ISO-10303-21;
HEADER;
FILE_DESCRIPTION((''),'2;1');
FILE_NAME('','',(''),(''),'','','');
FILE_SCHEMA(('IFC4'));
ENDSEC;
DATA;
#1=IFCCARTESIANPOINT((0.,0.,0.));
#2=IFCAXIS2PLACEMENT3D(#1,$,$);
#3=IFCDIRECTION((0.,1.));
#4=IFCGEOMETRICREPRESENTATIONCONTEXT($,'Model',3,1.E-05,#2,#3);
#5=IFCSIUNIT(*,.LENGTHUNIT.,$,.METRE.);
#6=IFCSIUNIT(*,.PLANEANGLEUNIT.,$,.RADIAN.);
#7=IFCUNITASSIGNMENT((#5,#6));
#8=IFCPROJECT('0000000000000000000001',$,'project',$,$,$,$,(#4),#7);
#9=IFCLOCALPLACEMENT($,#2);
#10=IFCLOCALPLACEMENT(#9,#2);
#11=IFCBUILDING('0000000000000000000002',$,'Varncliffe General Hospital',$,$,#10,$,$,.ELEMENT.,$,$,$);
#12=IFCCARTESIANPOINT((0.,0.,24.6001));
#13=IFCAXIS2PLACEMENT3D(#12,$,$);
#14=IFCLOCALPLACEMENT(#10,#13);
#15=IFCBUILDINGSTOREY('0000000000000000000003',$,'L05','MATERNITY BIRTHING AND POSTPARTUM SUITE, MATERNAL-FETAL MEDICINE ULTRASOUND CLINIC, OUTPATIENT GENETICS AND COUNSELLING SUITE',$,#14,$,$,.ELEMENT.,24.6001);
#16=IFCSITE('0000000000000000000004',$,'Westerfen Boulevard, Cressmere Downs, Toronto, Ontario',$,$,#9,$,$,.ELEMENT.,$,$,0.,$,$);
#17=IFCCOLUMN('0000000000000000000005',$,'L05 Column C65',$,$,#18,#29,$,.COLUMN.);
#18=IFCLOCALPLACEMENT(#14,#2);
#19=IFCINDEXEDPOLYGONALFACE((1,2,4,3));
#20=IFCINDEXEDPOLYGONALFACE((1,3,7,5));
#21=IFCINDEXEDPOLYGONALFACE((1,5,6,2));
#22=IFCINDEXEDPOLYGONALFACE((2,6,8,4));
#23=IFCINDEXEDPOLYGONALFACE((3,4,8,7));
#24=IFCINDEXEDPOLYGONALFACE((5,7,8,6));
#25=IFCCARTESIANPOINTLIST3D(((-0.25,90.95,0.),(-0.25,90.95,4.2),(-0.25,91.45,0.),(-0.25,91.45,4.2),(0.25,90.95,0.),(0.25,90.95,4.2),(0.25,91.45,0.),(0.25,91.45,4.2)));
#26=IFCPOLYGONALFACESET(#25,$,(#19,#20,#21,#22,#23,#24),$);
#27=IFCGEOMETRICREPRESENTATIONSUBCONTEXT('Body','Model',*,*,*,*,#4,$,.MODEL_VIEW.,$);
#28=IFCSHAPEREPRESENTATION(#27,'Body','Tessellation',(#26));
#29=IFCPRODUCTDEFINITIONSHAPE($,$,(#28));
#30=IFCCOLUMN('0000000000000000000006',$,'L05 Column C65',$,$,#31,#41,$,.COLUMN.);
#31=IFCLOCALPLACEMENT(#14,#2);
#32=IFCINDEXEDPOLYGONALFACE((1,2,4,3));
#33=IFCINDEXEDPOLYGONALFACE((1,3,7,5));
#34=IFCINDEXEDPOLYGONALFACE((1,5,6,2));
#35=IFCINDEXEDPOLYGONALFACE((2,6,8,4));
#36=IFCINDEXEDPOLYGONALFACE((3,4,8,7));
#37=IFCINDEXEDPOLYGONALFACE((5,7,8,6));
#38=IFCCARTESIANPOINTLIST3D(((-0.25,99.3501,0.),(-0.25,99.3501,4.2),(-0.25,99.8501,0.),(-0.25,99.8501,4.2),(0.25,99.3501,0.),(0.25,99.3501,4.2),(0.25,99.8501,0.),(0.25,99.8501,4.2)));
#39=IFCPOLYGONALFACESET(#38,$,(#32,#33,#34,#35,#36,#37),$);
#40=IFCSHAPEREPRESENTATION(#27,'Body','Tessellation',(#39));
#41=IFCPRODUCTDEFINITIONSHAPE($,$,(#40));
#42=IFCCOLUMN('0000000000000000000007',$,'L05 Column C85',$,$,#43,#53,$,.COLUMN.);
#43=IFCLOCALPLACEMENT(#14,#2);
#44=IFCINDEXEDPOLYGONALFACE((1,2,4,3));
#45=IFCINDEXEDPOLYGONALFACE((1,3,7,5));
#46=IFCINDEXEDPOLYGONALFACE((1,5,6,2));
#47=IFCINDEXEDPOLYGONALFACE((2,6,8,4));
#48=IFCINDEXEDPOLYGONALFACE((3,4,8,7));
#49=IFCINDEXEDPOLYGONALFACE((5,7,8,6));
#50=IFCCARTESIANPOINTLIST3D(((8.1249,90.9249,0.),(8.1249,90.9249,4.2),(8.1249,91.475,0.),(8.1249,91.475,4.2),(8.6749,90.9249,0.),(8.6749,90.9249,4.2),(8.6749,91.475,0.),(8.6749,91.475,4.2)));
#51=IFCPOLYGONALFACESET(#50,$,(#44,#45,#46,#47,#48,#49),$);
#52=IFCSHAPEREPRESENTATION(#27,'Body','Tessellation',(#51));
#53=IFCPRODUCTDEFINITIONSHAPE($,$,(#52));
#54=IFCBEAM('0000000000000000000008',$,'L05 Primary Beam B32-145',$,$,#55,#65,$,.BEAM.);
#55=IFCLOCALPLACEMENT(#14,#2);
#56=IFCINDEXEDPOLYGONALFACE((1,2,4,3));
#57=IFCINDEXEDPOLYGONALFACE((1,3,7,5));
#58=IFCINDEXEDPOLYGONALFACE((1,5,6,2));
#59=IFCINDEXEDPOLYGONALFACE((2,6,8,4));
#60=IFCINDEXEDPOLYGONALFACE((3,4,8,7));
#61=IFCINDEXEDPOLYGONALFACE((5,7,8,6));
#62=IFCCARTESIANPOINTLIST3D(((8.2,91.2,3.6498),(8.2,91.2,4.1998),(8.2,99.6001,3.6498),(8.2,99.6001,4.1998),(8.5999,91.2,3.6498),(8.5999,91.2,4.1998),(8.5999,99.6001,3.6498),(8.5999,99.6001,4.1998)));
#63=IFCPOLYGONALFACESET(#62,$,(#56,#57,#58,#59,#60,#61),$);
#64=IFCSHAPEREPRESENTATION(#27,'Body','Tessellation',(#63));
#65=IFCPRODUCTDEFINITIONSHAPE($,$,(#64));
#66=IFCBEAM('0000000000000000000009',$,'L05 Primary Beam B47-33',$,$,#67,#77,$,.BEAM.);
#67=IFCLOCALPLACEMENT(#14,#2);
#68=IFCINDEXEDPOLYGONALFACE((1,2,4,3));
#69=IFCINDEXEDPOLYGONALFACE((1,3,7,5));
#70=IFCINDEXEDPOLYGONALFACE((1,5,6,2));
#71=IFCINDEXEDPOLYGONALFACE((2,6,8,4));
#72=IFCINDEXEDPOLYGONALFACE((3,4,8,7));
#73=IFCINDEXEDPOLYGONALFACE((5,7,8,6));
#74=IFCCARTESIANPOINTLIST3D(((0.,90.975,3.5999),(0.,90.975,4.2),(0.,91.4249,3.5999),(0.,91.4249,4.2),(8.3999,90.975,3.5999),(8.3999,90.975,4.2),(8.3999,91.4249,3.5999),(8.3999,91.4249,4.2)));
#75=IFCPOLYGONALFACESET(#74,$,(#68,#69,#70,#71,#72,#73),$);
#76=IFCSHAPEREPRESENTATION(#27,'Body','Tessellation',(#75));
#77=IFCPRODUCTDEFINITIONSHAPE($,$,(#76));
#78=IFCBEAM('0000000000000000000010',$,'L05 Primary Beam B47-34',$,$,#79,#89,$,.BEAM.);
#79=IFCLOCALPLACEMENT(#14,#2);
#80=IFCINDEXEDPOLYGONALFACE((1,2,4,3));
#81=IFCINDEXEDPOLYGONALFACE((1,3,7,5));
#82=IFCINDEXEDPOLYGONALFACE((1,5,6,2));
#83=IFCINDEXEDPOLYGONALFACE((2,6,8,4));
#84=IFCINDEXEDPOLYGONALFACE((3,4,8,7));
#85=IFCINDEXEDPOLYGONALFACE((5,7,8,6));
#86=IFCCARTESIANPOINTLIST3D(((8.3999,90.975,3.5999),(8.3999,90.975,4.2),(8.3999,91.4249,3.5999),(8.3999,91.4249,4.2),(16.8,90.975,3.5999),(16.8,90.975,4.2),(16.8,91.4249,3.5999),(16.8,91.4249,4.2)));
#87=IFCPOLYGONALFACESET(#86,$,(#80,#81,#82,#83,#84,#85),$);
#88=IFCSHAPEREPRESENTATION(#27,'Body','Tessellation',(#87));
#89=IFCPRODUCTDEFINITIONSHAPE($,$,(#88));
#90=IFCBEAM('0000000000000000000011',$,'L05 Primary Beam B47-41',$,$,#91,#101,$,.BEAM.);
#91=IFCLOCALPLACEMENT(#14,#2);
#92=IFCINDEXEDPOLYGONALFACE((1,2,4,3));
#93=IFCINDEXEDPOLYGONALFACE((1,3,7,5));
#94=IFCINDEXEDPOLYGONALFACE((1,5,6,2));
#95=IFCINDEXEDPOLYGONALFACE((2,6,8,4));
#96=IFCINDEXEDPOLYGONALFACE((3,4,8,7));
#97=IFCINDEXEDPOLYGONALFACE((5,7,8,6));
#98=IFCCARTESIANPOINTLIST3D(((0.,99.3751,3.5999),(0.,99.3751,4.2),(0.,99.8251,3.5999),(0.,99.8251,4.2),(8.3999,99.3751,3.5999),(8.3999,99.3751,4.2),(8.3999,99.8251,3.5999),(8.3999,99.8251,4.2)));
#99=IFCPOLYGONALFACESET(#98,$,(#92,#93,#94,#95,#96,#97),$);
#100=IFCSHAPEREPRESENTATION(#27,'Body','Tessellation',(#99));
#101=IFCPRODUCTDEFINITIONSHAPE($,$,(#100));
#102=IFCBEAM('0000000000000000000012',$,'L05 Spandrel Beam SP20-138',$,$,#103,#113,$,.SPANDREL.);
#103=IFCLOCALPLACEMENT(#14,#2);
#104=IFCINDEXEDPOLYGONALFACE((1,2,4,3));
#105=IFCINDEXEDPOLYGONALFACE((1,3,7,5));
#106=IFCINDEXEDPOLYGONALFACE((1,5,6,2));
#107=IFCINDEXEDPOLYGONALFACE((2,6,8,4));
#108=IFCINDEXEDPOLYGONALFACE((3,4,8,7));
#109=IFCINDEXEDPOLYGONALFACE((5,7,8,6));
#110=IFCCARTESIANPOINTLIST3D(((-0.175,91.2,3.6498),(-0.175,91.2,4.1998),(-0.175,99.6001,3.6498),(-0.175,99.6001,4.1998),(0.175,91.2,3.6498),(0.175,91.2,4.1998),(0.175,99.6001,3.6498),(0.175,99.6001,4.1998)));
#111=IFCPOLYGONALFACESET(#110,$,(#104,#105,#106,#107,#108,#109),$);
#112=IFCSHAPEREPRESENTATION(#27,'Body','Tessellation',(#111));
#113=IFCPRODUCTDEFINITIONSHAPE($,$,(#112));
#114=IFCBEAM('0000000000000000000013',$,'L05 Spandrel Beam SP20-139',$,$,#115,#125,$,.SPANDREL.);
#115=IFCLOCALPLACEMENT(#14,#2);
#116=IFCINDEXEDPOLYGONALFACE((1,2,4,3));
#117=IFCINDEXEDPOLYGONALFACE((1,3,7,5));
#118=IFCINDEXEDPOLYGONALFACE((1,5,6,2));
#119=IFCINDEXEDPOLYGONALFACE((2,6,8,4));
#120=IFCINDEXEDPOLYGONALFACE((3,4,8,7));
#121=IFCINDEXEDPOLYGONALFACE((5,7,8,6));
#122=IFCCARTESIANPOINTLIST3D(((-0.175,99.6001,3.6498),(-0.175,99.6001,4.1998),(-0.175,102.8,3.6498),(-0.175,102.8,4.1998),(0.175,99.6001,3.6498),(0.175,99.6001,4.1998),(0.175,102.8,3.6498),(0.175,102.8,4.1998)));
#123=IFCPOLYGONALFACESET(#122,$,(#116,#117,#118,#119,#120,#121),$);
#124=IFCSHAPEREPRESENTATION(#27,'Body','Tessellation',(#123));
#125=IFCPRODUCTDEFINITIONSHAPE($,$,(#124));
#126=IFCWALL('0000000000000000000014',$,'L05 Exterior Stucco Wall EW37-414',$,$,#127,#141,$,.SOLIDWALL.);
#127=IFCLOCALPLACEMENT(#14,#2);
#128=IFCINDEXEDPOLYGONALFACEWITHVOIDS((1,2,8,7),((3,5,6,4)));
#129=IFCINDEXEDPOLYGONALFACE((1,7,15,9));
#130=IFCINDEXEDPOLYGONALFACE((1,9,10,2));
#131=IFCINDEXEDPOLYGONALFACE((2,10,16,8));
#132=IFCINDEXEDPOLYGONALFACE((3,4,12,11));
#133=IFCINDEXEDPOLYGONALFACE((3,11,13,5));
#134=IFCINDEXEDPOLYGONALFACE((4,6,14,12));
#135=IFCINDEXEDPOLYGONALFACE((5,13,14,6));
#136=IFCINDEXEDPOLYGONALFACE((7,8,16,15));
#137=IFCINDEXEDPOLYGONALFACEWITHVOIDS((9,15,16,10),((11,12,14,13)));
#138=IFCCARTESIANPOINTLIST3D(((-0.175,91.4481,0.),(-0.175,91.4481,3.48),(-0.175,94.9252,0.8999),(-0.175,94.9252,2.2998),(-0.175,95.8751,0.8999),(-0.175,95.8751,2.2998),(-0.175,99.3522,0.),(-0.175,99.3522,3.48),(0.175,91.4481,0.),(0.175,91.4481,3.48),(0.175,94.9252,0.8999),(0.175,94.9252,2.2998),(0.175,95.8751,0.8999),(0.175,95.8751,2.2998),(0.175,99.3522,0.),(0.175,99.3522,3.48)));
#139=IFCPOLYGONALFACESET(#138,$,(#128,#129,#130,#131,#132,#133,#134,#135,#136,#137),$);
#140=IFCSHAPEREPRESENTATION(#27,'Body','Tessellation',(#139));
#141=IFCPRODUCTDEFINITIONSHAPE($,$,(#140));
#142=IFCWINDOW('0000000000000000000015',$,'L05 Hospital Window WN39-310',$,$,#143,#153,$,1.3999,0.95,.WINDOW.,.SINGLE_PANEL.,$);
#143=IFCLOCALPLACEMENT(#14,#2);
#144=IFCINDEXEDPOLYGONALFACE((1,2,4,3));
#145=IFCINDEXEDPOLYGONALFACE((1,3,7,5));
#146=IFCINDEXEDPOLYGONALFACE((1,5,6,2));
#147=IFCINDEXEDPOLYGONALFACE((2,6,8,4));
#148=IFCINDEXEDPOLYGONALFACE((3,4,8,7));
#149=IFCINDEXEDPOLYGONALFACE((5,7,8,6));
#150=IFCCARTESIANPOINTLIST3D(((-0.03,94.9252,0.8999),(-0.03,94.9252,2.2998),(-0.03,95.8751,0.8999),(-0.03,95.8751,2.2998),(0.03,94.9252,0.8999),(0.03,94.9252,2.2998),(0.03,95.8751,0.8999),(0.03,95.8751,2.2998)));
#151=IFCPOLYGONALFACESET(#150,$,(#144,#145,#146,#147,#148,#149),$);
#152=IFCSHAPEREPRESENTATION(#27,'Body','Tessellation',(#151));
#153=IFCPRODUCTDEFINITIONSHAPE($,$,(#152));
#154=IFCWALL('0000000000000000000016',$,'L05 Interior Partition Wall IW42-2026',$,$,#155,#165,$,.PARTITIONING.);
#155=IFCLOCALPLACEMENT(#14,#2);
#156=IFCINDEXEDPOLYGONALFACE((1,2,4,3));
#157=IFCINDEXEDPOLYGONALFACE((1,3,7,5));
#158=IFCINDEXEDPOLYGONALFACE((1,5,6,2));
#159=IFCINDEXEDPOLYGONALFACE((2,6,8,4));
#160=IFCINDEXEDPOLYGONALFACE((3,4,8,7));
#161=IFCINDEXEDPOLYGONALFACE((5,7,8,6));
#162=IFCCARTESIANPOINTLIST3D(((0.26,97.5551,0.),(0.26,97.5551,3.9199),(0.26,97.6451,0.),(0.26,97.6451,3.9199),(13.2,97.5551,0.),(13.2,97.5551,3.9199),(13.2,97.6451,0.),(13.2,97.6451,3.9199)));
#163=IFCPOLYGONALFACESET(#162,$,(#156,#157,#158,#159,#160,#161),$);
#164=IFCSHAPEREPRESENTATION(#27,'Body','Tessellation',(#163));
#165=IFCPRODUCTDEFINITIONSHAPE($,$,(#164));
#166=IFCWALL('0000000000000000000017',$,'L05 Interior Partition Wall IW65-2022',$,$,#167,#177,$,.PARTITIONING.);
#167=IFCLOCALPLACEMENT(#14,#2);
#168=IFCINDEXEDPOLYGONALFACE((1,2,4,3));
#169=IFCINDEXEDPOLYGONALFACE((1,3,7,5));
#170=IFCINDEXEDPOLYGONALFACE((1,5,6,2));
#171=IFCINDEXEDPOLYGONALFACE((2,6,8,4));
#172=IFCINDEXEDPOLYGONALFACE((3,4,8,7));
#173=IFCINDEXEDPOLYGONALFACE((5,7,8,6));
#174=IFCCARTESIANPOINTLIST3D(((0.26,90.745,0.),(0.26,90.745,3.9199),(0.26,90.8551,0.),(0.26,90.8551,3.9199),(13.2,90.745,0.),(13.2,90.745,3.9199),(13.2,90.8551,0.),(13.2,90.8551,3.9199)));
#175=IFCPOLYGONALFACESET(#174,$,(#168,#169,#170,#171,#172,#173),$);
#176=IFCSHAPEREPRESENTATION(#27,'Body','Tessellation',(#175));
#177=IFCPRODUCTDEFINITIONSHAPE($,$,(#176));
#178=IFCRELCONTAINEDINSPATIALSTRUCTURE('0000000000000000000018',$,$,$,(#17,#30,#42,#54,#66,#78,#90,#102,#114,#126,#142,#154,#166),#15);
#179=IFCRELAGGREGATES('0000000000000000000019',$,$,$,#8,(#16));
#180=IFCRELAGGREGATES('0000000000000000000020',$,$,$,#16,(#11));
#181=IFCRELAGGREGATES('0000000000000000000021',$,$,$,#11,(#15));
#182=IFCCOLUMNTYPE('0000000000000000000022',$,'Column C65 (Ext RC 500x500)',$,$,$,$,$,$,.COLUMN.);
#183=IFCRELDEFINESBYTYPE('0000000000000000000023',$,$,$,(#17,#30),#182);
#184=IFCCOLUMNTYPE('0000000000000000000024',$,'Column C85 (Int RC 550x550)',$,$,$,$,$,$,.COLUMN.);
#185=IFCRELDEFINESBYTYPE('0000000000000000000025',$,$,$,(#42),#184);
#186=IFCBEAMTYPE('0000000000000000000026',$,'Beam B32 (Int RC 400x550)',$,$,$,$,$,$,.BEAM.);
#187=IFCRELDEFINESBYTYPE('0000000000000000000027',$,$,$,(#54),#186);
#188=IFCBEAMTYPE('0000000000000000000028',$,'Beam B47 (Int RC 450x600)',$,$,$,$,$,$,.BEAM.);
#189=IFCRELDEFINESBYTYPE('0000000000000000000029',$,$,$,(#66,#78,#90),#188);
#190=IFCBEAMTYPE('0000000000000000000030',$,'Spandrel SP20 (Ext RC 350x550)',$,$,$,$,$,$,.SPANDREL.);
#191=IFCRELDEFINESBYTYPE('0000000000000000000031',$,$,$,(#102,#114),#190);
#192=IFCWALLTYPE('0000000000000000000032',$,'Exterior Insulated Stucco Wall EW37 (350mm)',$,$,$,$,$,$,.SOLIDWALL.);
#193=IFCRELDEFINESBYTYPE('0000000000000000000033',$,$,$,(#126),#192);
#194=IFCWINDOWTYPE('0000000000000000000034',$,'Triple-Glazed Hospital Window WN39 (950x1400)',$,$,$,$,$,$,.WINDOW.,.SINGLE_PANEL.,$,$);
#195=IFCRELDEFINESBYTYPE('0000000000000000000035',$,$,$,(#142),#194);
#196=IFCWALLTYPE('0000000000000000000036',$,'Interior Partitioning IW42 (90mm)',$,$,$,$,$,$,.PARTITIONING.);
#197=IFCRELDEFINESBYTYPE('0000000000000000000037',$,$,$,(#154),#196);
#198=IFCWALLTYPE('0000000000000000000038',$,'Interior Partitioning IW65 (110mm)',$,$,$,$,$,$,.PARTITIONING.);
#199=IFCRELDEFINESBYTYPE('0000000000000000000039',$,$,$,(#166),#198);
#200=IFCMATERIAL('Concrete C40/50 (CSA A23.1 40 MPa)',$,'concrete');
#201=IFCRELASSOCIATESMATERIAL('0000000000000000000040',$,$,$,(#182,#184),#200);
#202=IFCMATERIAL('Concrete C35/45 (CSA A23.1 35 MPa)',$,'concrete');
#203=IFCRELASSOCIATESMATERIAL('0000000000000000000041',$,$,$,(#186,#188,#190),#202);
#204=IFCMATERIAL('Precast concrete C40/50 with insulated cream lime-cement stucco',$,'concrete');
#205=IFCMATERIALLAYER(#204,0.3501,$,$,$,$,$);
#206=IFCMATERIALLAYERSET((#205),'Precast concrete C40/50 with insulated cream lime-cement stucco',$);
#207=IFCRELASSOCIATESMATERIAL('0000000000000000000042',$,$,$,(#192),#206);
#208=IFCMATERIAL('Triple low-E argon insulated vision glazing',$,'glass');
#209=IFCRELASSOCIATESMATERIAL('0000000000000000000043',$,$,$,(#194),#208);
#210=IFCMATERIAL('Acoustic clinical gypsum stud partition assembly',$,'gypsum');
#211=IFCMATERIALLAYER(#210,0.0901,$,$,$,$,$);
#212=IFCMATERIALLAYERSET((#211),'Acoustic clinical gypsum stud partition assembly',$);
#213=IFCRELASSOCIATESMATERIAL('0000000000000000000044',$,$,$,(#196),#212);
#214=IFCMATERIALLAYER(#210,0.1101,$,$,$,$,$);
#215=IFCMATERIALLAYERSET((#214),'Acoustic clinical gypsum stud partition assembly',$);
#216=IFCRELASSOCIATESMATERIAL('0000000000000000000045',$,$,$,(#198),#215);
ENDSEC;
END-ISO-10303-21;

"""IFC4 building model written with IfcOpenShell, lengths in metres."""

from ifc_helpers import new_model, si_unit, direction, frame, frame_2d, origin, origin_2d, place, context, subcontext, project, spatial, rectangle, extrude, material, layer, layer_set, material_profile, profile_set, type_object, element, fill, save


model = new_model("IFC4")

# Units and contexts
model_context = context("Model", 3, precision=1e-05, world=origin(), true_north=direction((0.0, 1.0)))
body_context = subcontext(model_context, "Body", "Model", "MODEL_VIEW")
ifc_project = project(units=[si_unit("LENGTHUNIT", "METRE"), si_unit("PLANEANGLEUNIT", "RADIAN")], contexts=[model_context])

# Site, building, storey
site_placement = place(None, origin())
site = spatial("IfcSite", under=ifc_project, at=site_placement, Name="Westerfen Boulevard, Cressmere Downs, Toronto, Ontario", CompositionType="ELEMENT", RefElevation=0.0)
building_placement = place(site_placement, origin())
building = spatial("IfcBuilding", under=site, at=building_placement, Name="Varncliffe General Hospital", CompositionType="ELEMENT")
storey_placement = place(building_placement, frame((0.0, 0.0, 24.6001)))
storey = spatial("IfcBuildingStorey", under=building, at=storey_placement, Name="L05", Description="MATERNITY BIRTHING AND POSTPARTUM SUITE, MATERNAL-FETAL MEDICINE ULTRASOUND CLINIC, OUTPATIENT GENETICS AND COUNSELLING SUITE", CompositionType="ELEMENT", Elevation=24.6001)

# Columns
ifc_material_1 = material(Name="Concrete C40/50 (CSA A23.1 40 MPa)", Category="concrete")
ifc_material_profile_1 = material_profile(ifc_material_1, rectangle(XDim=0.5, YDim=0.5, at=origin_2d()), Name="RC 500x500")
ifc_profile_set_1 = profile_set([ifc_material_profile_1], Name="Concrete C40/50 (CSA A23.1 40 MPa)")
column_type_1 = type_object("IfcColumnType", Name="Column C65 (Ext RC 500x500)", PredefinedType="COLUMN", material=ifc_profile_set_1)
for number, where, z_axis, x_axis, name in (
    (1, (0.0, 91.2, 0.0), (0.0, 0.0, 1.0), (1.0, 0.0, 0.0), "L05 Column C65"),
    (2, (0.0, 99.6001, 0.0), (0.0, 0.0, 1.0), (1.0, 0.0, 0.0), "L05 Column C65"),
):
    element("IfcColumn", number, at=place(storey_placement, frame(where, z_axis=z_axis, x_axis=x_axis)), inside=storey, type_object=column_type_1, Name=name, PredefinedType="COLUMN", context=body_context, shape_type="SweptSolid", body=[
        extrude(rectangle(XDim=0.5, YDim=0.5, at=origin_2d()), origin(), (0.0, 0.0, 1.0), 4.2),
    ])
ifc_material_profile_2 = material_profile(ifc_material_1, rectangle(XDim=0.55, YDim=0.55, at=origin_2d()), Name="RC 550x550")
ifc_profile_set_2 = profile_set([ifc_material_profile_2], Name="Concrete C40/50 (CSA A23.1 40 MPa)")
column_type_2 = type_object("IfcColumnType", Name="Column C85 (Int RC 550x550)", PredefinedType="COLUMN", material=ifc_profile_set_2)
column_placement = place(storey_placement, frame((8.3999, 91.2, 0.0), z_axis=(0.0, 0.0, 1.0), x_axis=(1.0, 0.0, 0.0)))
element("IfcColumn", 3, at=column_placement, inside=storey, type_object=column_type_2, Name="L05 Column C85", PredefinedType="COLUMN", context=body_context, shape_type="SweptSolid", body=[
    extrude(rectangle(XDim=0.55, YDim=0.55, at=origin_2d()), origin(), (0.0, 0.0, 1.0), 4.2),
])

# Beams
ifc_material_2 = material(Name="Concrete C35/45 (CSA A23.1 35 MPa)", Category="concrete")
ifc_material_profile_3 = material_profile(ifc_material_2, rectangle(XDim=0.3999, YDim=0.55, at=origin_2d()), Name="RC 400x550")
ifc_profile_set_3 = profile_set([ifc_material_profile_3], Name="Concrete C35/45 (CSA A23.1 35 MPa)")
beam_type_1 = type_object("IfcBeamType", Name="Beam B32 (Int RC 400x550)", PredefinedType="BEAM", material=ifc_profile_set_3)
beam_1_placement = place(storey_placement, frame((8.3999, 91.2, 3.9248), z_axis=(0.0, 1.0, 0.0), x_axis=(-1.0, 0.0, 0.0)))
element("IfcBeam", 4, at=beam_1_placement, inside=storey, type_object=beam_type_1, Name="L05 Primary Beam B32-145", PredefinedType="BEAM", context=body_context, shape_type="SweptSolid", body=[
    extrude(rectangle(XDim=0.3999, YDim=0.55, at=origin_2d()), origin(), (0.0, 0.0, 1.0), 8.4001),
])
ifc_material_profile_4 = material_profile(ifc_material_2, rectangle(XDim=0.45, YDim=0.6001, at=origin_2d()), Name="RC 450x600")
ifc_profile_set_4 = profile_set([ifc_material_profile_4], Name="Concrete C35/45 (CSA A23.1 35 MPa)")
beam_type_2 = type_object("IfcBeamType", Name="Beam B47 (Int RC 450x600)", PredefinedType="BEAM", material=ifc_profile_set_4)
beam_2_placement = place(storey_placement, frame((0.0, 91.2, 3.8999), z_axis=(1.0, 0.0, 0.0), x_axis=(0.0, 1.0, 0.0)))
element("IfcBeam", 5, at=beam_2_placement, inside=storey, type_object=beam_type_2, Name="L05 Primary Beam B47-33", PredefinedType="BEAM", context=body_context, shape_type="SweptSolid", body=[
    extrude(rectangle(XDim=0.45, YDim=0.6001, at=origin_2d()), origin(), (0.0, 0.0, 1.0), 8.3999),
])
beam_3_placement = place(storey_placement, frame((8.3999, 91.2, 3.8999), z_axis=(1.0, 0.0, 0.0), x_axis=(0.0, 1.0, 0.0)))
element("IfcBeam", 6, at=beam_3_placement, inside=storey, type_object=beam_type_2, Name="L05 Primary Beam B47-34", PredefinedType="BEAM", context=body_context, shape_type="SweptSolid", body=[
    extrude(rectangle(XDim=0.45, YDim=0.6001, at=origin_2d()), origin(), (0.0, 0.0, 1.0), 8.4001),
])
beam_4_placement = place(storey_placement, frame((0.0, 99.6001, 3.8999), z_axis=(1.0, 0.0, 0.0), x_axis=(0.0, 1.0, 0.0)))
element("IfcBeam", 7, at=beam_4_placement, inside=storey, type_object=beam_type_2, Name="L05 Primary Beam B47-41", PredefinedType="BEAM", context=body_context, shape_type="SweptSolid", body=[
    extrude(rectangle(XDim=0.45, YDim=0.6001, at=origin_2d()), origin(), (0.0, 0.0, 1.0), 8.3999),
])
ifc_material_profile_5 = material_profile(ifc_material_2, rectangle(XDim=0.3501, YDim=0.55, at=origin_2d()), Name="RC 350x550")
ifc_profile_set_5 = profile_set([ifc_material_profile_5], Name="Concrete C35/45 (CSA A23.1 35 MPa)")
beam_type_3 = type_object("IfcBeamType", Name="Spandrel SP20 (Ext RC 350x550)", PredefinedType="SPANDREL", material=ifc_profile_set_5)
beam_5_placement = place(storey_placement, frame((0.0, 91.2, 3.9248), z_axis=(0.0, 1.0, 0.0), x_axis=(-1.0, 0.0, 0.0)))
element("IfcBeam", 8, at=beam_5_placement, inside=storey, type_object=beam_type_3, Name="L05 Spandrel Beam SP20-138", PredefinedType="SPANDREL", context=body_context, shape_type="SweptSolid", body=[
    extrude(rectangle(XDim=0.3501, YDim=0.55, at=origin_2d()), origin(), (0.0, 0.0, 1.0), 8.4001),
])
beam_6_placement = place(storey_placement, frame((0.0, 99.6001, 3.9248), z_axis=(0.0, 1.0, 0.0), x_axis=(-1.0, 0.0, 0.0)))
element("IfcBeam", 9, at=beam_6_placement, inside=storey, type_object=beam_type_3, Name="L05 Spandrel Beam SP20-139", PredefinedType="SPANDREL", context=body_context, shape_type="SweptSolid", body=[
    extrude(rectangle(XDim=0.3501, YDim=0.55, at=origin_2d()), origin(), (0.0, 0.0, 1.0), 3.2),
])

# Wall, opening, window
ifc_material_3 = material(Name="Precast concrete C40/50 with insulated cream lime-cement stucco", Category="concrete")
ifc_layer_1 = layer(ifc_material_3, 0.3501)
ifc_layer_set_1 = layer_set([ifc_layer_1], Name="Precast concrete C40/50 with insulated cream lime-cement stucco")
wall_type_1 = type_object("IfcWallType", Name="Exterior Insulated Stucco Wall EW37 (350mm)", PredefinedType="SOLIDWALL", material=ifc_layer_set_1)
wall_1_placement = place(storey_placement, frame((0.0, 91.448, 0.0), z_axis=(0.0, 0.0, 1.0), x_axis=(0.0, 1.0, 0.0)))
wall_1 = element("IfcWall", 10, at=wall_1_placement, inside=storey, type_object=wall_type_1, Name="L05 Exterior Stucco Wall EW37-414", PredefinedType="SOLIDWALL", context=body_context, shape_type="SweptSolid", body=[
    extrude(rectangle(XDim=7.9041, YDim=0.3501, at=frame_2d((3.9521, 0.0))), origin(), (0.0, 0.0, 1.0), 3.48),
])
opening_1_placement = place(wall_1_placement, frame((3.4771, 0.0, 0.8999)))
opening_1 = element("IfcOpeningElement", 11, at=opening_1_placement, cuts=wall_1, PredefinedType="OPENING", context=body_context, shape_type="SweptSolid", body=[
    extrude(rectangle(XDim=0.95, YDim=1.3999, at=frame_2d((0.4751, 0.7))), frame((0.0, 0.1851, 0.0), z_axis=(0.0, -1.0, 0.0), x_axis=(1.0, 0.0, 0.0)), (0.0, 0.0, 1.0), 0.3701),
])
ifc_material_4 = material(Name="Triple low-E argon insulated vision glazing", Category="glass")
window_type = type_object("IfcWindowType", Name="Triple-Glazed Hospital Window WN39 (950x1400)", PartitioningType="SINGLE_PANEL", PredefinedType="WINDOW", material=ifc_material_4)
window_placement = place(opening_1_placement, origin())
window = element("IfcWindow", 12, at=window_placement, inside=storey, type_object=window_type, Name="L05 Hospital Window WN39-310", OverallHeight=1.3999, OverallWidth=0.95, PartitioningType="SINGLE_PANEL", PredefinedType="WINDOW", context=body_context, shape_type="SweptSolid", body=[
    extrude(rectangle(XDim=0.95, YDim=1.3999, at=frame_2d((0.4751, 0.7))), frame((0.0, 0.03, 0.0), z_axis=(0.0, -1.0, 0.0), x_axis=(1.0, 0.0, 0.0)), (0.0, 0.0, 1.0), 0.0601),
])
fill(opening_1, window)

# Walls
ifc_material_5 = material(Name="Acoustic clinical gypsum stud partition assembly", Category="gypsum")
ifc_layer_2 = layer(ifc_material_5, 0.0901)
ifc_layer_set_2 = layer_set([ifc_layer_2], Name="Acoustic clinical gypsum stud partition assembly")
wall_type_2 = type_object("IfcWallType", Name="Interior Partitioning IW42 (90mm)", PredefinedType="PARTITIONING", material=ifc_layer_set_2)
wall_2_placement = place(storey_placement, frame((0.26, 97.6001, 0.0), z_axis=(0.0, 0.0, 1.0), x_axis=(1.0, 0.0, 0.0)))
element("IfcWall", 13, at=wall_2_placement, inside=storey, type_object=wall_type_2, Name="L05 Interior Partition Wall IW42-2026", PredefinedType="PARTITIONING", context=body_context, shape_type="SweptSolid", body=[
    extrude(rectangle(XDim=12.9399, YDim=0.0901, at=frame_2d((6.47, 0.0))), origin(), (0.0, 0.0, 1.0), 3.9199),
])
ifc_layer_3 = layer(ifc_material_5, 0.1101)
ifc_layer_set_3 = layer_set([ifc_layer_3], Name="Acoustic clinical gypsum stud partition assembly")
wall_type_3 = type_object("IfcWallType", Name="Interior Partitioning IW65 (110mm)", PredefinedType="PARTITIONING", material=ifc_layer_set_3)
wall_3_placement = place(storey_placement, frame((0.26, 90.8, 0.0), z_axis=(0.0, 0.0, 1.0), x_axis=(1.0, 0.0, 0.0)))
element("IfcWall", 14, at=wall_3_placement, inside=storey, type_object=wall_type_3, Name="L05 Interior Partition Wall IW65-2022", PredefinedType="PARTITIONING", context=body_context, shape_type="SweptSolid", body=[
    extrude(rectangle(XDim=12.9399, YDim=0.1101, at=frame_2d((6.47, 0.0))), origin(), (0.0, 0.0, 1.0), 3.9199),
])

save(model, "model.ifc")
